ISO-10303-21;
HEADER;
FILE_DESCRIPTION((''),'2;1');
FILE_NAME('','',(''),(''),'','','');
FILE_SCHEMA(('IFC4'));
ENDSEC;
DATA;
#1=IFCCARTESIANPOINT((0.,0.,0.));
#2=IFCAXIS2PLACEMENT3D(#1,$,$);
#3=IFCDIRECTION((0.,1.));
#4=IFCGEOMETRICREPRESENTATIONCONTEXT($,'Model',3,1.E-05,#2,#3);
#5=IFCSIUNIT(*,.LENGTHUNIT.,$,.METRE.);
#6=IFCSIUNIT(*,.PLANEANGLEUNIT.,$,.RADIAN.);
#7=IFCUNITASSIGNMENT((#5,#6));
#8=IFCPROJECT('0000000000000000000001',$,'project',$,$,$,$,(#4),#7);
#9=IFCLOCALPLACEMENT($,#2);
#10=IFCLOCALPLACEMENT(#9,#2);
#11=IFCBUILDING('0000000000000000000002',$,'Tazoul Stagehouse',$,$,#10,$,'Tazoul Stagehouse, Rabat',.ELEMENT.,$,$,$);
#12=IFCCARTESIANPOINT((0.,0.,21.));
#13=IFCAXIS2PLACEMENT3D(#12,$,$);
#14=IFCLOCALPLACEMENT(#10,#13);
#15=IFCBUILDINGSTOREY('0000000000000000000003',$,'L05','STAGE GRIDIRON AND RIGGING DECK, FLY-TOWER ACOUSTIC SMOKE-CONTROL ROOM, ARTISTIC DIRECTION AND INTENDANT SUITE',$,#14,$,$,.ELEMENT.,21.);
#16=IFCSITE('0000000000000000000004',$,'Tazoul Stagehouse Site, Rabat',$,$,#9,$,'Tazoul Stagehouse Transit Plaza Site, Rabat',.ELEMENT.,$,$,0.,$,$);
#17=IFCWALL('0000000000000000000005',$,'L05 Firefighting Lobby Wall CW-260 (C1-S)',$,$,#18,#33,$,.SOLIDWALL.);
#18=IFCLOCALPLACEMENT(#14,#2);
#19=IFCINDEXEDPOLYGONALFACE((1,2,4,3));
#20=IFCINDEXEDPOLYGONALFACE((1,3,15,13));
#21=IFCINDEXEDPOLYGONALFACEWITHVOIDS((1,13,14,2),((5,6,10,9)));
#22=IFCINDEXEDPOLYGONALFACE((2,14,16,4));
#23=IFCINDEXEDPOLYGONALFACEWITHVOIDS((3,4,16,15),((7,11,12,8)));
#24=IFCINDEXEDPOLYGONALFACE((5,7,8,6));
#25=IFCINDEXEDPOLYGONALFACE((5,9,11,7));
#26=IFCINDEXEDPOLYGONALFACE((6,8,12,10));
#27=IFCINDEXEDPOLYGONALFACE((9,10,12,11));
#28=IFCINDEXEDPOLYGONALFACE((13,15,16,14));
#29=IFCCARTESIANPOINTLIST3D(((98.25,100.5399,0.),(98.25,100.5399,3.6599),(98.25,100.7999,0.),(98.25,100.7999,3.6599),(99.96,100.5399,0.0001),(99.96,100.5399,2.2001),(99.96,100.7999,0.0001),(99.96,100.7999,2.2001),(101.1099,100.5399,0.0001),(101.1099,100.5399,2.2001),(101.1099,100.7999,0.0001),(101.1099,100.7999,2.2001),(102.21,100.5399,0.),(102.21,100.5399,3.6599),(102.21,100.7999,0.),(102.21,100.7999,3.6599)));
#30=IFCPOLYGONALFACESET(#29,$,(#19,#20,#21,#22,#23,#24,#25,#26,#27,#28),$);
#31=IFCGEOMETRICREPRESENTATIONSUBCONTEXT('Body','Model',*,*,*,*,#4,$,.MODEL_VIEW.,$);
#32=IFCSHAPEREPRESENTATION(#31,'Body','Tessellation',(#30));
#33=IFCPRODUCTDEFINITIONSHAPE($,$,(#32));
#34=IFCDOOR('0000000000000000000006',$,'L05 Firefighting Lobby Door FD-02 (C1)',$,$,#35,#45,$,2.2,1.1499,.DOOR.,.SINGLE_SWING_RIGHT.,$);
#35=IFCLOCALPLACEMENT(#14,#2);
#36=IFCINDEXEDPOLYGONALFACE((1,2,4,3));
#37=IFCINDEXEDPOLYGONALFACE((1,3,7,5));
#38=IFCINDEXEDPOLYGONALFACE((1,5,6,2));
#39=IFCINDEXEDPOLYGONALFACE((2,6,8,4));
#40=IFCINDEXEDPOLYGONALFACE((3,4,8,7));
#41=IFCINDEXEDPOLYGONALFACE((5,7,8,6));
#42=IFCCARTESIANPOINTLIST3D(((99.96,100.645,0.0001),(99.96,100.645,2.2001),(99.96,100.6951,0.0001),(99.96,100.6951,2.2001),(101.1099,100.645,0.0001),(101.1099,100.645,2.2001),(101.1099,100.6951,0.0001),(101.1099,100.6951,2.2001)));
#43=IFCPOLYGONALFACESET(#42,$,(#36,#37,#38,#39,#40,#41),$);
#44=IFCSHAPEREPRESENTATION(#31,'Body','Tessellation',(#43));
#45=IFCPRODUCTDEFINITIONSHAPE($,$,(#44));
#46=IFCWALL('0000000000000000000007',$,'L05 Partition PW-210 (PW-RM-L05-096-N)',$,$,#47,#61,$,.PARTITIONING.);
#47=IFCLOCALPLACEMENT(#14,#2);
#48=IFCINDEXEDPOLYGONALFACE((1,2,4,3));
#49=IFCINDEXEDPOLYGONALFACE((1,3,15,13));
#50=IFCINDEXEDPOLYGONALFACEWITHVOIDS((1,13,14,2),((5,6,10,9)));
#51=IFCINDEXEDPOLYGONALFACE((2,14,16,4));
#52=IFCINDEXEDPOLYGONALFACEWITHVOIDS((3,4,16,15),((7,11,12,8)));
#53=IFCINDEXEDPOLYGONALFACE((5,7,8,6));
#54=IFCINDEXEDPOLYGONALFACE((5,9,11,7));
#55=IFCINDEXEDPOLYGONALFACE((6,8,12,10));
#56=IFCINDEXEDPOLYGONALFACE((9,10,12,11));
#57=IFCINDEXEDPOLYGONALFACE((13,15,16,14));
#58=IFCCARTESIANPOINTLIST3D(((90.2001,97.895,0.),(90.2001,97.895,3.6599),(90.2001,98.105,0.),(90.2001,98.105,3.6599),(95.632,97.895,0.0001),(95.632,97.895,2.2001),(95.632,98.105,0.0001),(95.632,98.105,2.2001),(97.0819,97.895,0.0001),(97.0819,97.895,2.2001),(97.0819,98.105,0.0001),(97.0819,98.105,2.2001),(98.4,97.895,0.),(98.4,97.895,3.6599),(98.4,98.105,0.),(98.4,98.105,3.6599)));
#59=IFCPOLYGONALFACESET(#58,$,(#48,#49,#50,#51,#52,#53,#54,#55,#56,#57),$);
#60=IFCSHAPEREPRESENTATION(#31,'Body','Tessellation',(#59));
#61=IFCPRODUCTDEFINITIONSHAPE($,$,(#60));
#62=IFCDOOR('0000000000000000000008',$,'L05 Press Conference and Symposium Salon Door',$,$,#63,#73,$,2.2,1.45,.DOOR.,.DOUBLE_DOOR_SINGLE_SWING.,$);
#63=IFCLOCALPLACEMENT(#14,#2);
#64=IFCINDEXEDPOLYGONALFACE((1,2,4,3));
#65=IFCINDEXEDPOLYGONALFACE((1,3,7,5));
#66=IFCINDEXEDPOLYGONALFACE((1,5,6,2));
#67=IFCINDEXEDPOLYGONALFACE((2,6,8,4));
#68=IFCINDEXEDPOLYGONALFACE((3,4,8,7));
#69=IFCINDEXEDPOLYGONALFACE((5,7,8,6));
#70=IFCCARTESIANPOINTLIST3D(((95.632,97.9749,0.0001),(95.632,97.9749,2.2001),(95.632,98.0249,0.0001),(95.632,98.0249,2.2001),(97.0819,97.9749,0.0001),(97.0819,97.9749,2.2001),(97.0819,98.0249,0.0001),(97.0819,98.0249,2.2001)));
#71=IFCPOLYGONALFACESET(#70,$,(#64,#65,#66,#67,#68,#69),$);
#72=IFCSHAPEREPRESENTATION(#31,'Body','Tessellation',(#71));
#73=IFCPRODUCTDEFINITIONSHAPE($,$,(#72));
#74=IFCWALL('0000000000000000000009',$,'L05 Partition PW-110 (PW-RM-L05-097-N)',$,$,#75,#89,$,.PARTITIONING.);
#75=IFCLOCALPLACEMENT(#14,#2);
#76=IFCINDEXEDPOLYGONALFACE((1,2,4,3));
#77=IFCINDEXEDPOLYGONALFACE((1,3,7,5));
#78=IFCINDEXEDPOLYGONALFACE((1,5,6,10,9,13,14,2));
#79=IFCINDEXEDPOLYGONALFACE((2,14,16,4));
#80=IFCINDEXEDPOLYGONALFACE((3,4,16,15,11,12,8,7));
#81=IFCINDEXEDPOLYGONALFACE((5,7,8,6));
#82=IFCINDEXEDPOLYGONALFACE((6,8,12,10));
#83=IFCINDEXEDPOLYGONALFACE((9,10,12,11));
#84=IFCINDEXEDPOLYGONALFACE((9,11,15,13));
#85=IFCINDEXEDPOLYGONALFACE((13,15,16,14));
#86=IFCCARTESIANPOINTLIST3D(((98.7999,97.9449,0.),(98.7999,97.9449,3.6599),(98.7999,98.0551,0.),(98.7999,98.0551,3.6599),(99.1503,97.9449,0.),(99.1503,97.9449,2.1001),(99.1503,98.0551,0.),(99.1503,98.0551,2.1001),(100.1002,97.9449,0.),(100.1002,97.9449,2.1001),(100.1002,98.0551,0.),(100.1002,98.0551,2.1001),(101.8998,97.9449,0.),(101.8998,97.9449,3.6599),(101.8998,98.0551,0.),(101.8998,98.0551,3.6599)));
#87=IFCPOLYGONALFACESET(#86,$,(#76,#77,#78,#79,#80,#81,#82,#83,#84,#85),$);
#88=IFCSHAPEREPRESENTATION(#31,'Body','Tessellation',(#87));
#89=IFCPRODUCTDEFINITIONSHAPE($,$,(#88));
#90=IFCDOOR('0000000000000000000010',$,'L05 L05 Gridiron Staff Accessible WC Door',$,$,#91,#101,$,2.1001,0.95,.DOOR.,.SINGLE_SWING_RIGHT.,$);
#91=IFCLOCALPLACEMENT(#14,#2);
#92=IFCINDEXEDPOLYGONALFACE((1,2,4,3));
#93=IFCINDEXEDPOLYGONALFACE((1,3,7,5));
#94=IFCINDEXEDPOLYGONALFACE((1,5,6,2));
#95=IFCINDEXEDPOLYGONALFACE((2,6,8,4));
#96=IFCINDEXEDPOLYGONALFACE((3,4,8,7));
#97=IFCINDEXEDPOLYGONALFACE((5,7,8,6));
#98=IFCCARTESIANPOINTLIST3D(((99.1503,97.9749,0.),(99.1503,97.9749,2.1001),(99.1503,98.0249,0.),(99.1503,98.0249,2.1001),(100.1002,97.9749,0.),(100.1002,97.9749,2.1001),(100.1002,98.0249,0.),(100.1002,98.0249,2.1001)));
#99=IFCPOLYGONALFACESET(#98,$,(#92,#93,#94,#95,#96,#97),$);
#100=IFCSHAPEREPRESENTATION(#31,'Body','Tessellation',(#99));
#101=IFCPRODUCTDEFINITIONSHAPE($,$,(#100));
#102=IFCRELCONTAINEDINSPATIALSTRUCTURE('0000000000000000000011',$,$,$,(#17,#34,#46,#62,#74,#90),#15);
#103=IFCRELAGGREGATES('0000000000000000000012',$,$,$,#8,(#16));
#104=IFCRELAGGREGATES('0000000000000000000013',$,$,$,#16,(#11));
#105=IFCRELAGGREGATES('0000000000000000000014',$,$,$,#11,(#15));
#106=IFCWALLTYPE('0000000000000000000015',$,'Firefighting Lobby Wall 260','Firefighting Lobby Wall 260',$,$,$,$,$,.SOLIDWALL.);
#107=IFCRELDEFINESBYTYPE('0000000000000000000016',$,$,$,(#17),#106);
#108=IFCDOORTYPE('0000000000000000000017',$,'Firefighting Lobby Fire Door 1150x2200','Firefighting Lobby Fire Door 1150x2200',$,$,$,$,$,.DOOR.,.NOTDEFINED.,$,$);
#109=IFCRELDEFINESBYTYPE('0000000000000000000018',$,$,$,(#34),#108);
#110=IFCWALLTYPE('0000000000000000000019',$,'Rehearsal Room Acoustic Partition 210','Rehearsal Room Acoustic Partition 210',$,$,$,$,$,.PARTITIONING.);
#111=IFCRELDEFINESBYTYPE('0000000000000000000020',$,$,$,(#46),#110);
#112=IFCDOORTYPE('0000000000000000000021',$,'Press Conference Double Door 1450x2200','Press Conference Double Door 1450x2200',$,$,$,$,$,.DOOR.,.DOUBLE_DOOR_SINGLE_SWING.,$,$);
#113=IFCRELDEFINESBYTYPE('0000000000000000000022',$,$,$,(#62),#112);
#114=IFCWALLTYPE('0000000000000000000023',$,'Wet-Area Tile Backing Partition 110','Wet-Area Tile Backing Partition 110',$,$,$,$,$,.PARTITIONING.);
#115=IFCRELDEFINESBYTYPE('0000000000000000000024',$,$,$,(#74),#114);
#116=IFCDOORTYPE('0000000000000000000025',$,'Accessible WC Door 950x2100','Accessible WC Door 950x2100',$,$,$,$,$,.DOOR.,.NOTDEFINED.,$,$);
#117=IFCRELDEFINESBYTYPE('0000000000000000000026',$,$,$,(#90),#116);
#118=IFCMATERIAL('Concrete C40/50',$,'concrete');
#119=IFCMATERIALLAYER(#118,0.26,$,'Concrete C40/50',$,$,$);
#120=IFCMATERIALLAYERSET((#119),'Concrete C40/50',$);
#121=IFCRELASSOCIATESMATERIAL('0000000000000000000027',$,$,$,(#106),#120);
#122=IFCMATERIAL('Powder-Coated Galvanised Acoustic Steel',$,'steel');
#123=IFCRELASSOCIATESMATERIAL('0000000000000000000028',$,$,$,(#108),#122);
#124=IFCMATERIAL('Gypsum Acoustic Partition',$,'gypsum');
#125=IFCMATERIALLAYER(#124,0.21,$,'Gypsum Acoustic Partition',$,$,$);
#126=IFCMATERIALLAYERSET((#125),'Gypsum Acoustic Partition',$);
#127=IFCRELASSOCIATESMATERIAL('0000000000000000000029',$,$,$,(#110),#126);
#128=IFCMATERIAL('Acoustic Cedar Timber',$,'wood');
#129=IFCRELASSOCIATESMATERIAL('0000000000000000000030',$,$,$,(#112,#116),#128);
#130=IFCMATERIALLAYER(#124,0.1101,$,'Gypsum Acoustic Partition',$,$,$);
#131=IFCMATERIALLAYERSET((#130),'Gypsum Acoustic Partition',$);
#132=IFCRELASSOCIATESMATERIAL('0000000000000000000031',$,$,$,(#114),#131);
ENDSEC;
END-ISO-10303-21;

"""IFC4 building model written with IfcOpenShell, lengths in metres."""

from ifc_helpers import new_model, si_unit, direction, frame, frame_2d, origin, place, context, subcontext, project, spatial, rectangle, extrude, material, layer, layer_set, type_object, element, fill, save


model = new_model("IFC4")

# Units and contexts
model_context = context("Model", 3, precision=1e-05, world=origin(), true_north=direction((0.0, 1.0)))
body_context = subcontext(model_context, "Body", "Model", "MODEL_VIEW")
ifc_project = project(units=[si_unit("LENGTHUNIT", "METRE"), si_unit("PLANEANGLEUNIT", "RADIAN")], contexts=[model_context])

# Site, building, storey
site_placement = place(None, origin())
site = spatial("IfcSite", under=ifc_project, at=site_placement, Name="Tazoul Stagehouse Site, Rabat", LongName="Tazoul Stagehouse Transit Plaza Site, Rabat", CompositionType="ELEMENT", RefElevation=0.0)
building_placement = place(site_placement, origin())
building = spatial("IfcBuilding", under=site, at=building_placement, Name="Tazoul Stagehouse", LongName="Tazoul Stagehouse, Rabat", CompositionType="ELEMENT")
storey_placement = place(building_placement, frame((0.0, 0.0, 21.0)))
storey = spatial("IfcBuildingStorey", under=building, at=storey_placement, Name="L05", Description="STAGE GRIDIRON AND RIGGING DECK, FLY-TOWER ACOUSTIC SMOKE-CONTROL ROOM, ARTISTIC DIRECTION AND INTENDANT SUITE", CompositionType="ELEMENT", Elevation=21.0)

# Shared definitions
ifc_material_1 = material(Name="Concrete C40/50", Category="concrete")

# Walls, openings, doors
ifc_layer_1 = layer(ifc_material_1, 0.26, Name="Concrete C40/50")
ifc_layer_set_1 = layer_set([ifc_layer_1], Name="Concrete C40/50")
wall_type_1 = type_object("IfcWallType", Name="Firefighting Lobby Wall 260", Description="Firefighting Lobby Wall 260", PredefinedType="SOLIDWALL", material=ifc_layer_set_1)
wall_1_placement = place(storey_placement, frame((102.21, 100.6699, 0.0), z_axis=(0.0, 0.0, 1.0), x_axis=(-1.0, 0.0, 0.0)))
wall_1 = element("IfcWall", 1, at=wall_1_placement, inside=storey, type_object=wall_type_1, Name="L05 Firefighting Lobby Wall CW-260 (C1-S)", PredefinedType="SOLIDWALL", context=body_context, shape_type="SweptSolid", body=[
    extrude(rectangle(XDim=3.96, YDim=0.26, at=frame_2d((1.98, 0.0))), origin(), (0.0, 0.0, 1.0), 3.6599),
])
opening_1_placement = place(wall_1_placement, frame((1.1001, 0.0, 0.0)))
opening_1 = element("IfcOpeningElement", 2, at=opening_1_placement, cuts=wall_1, PredefinedType="OPENING", context=body_context, shape_type="SweptSolid", body=[
    extrude(rectangle(XDim=1.1499, YDim=2.2, at=frame_2d((0.575, 1.1001))), frame((0.0, 0.1499, 0.0), z_axis=(0.0, -1.0, 0.0), x_axis=(1.0, 0.0, 0.0)), (0.0, 0.0, 1.0), 0.3),
])
ifc_material_2 = material(Name="Powder-Coated Galvanised Acoustic Steel", Category="steel")
door_type_1 = type_object("IfcDoorType", Name="Firefighting Lobby Fire Door 1150x2200", Description="Firefighting Lobby Fire Door 1150x2200", OperationType="NOTDEFINED", PredefinedType="DOOR", material=ifc_material_2)
door_1_placement = place(opening_1_placement, origin())
door_1 = element("IfcDoor", 3, at=door_1_placement, inside=storey, type_object=door_type_1, Name="L05 Firefighting Lobby Door FD-02 (C1)", OperationType="SINGLE_SWING_RIGHT", OverallHeight=2.2, OverallWidth=1.1499, PredefinedType="DOOR", context=body_context, shape_type="SweptSolid", body=[
    extrude(rectangle(XDim=1.1499, YDim=2.2, at=frame_2d((0.575, 1.1001))), frame((0.0, 0.0249, 0.0), z_axis=(0.0, -1.0, 0.0), x_axis=(1.0, 0.0, 0.0)), (0.0, 0.0, 1.0), 0.05),
])
fill(opening_1, door_1)
ifc_material_3 = material(Name="Gypsum Acoustic Partition", Category="gypsum")
ifc_layer_2 = layer(ifc_material_3, 0.21, Name="Gypsum Acoustic Partition")
ifc_layer_set_2 = layer_set([ifc_layer_2], Name="Gypsum Acoustic Partition")
wall_type_2 = type_object("IfcWallType", Name="Rehearsal Room Acoustic Partition 210", Description="Rehearsal Room Acoustic Partition 210", PredefinedType="PARTITIONING", material=ifc_layer_set_2)
wall_2_placement = place(storey_placement, frame((90.2, 98.0, 0.0), z_axis=(0.0, 0.0, 1.0), x_axis=(1.0, 0.0, 0.0)))
wall_2 = element("IfcWall", 4, at=wall_2_placement, inside=storey, type_object=wall_type_2, Name="L05 Partition PW-210 (PW-RM-L05-096-N)", PredefinedType="PARTITIONING", context=body_context, shape_type="SweptSolid", body=[
    extrude(rectangle(XDim=8.2, YDim=0.21, at=frame_2d((4.1001, 0.0))), origin(), (0.0, 0.0, 1.0), 3.6599),
])
opening_2_placement = place(wall_2_placement, frame((5.4319, 0.0, 0.0)))
opening_2 = element("IfcOpeningElement", 5, at=opening_2_placement, cuts=wall_2, PredefinedType="OPENING", context=body_context, shape_type="SweptSolid", body=[
    extrude(rectangle(XDim=1.45, YDim=2.2, at=frame_2d((0.7251, 1.1001))), frame((0.0, 0.125, 0.0), z_axis=(0.0, -1.0, 0.0), x_axis=(1.0, 0.0, 0.0)), (0.0, 0.0, 1.0), 0.25),
])
ifc_material_4 = material(Name="Acoustic Cedar Timber", Category="wood")
door_type_2 = type_object("IfcDoorType", Name="Press Conference Double Door 1450x2200", Description="Press Conference Double Door 1450x2200", OperationType="DOUBLE_DOOR_SINGLE_SWING", PredefinedType="DOOR", material=ifc_material_4)
door_2_placement = place(opening_2_placement, origin())
door_2 = element("IfcDoor", 6, at=door_2_placement, inside=storey, type_object=door_type_2, Name="L05 Press Conference and Symposium Salon Door", OperationType="DOUBLE_DOOR_SINGLE_SWING", OverallHeight=2.2, OverallWidth=1.45, PredefinedType="DOOR", context=body_context, shape_type="SweptSolid", body=[
    extrude(rectangle(XDim=1.45, YDim=2.2, at=frame_2d((0.7251, 1.1001))), frame((0.0, 0.0249, 0.0), z_axis=(0.0, -1.0, 0.0), x_axis=(1.0, 0.0, 0.0)), (0.0, 0.0, 1.0), 0.05),
])
fill(opening_2, door_2)
ifc_layer_3 = layer(ifc_material_3, 0.1101, Name="Gypsum Acoustic Partition")
ifc_layer_set_3 = layer_set([ifc_layer_3], Name="Gypsum Acoustic Partition")
wall_type_3 = type_object("IfcWallType", Name="Wet-Area Tile Backing Partition 110", Description="Wet-Area Tile Backing Partition 110", PredefinedType="PARTITIONING", material=ifc_layer_set_3)
wall_3_placement = place(storey_placement, frame((98.8, 98.0, 0.0), z_axis=(0.0, 0.0, 1.0), x_axis=(1.0, 0.0, 0.0)))
wall_3 = element("IfcWall", 7, at=wall_3_placement, inside=storey, type_object=wall_type_3, Name="L05 Partition PW-110 (PW-RM-L05-097-N)", PredefinedType="PARTITIONING", context=body_context, shape_type="SweptSolid", body=[
    extrude(rectangle(XDim=3.0999, YDim=0.1101, at=frame_2d((1.5498, 0.0))), origin(), (0.0, 0.0, 1.0), 3.6599),
])
opening_3_placement = place(wall_3_placement, frame((0.3501, 0.0, 0.0)))
opening_3 = element("IfcOpeningElement", 8, at=opening_3_placement, cuts=wall_3, PredefinedType="OPENING", context=body_context, shape_type="SweptSolid", body=[
    extrude(rectangle(XDim=0.95, YDim=2.1001, at=frame_2d((0.4751, 1.05))), frame((0.0, 0.075, 0.0), z_axis=(0.0, -1.0, 0.0), x_axis=(1.0, 0.0, 0.0)), (0.0, 0.0, 1.0), 0.1501),
])
door_type_3 = type_object("IfcDoorType", Name="Accessible WC Door 950x2100", Description="Accessible WC Door 950x2100", OperationType="NOTDEFINED", PredefinedType="DOOR", material=ifc_material_4)
door_3_placement = place(opening_3_placement, origin())
door_3 = element("IfcDoor", 9, at=door_3_placement, inside=storey, type_object=door_type_3, Name="L05 L05 Gridiron Staff Accessible WC Door", OperationType="SINGLE_SWING_RIGHT", OverallHeight=2.1001, OverallWidth=0.95, PredefinedType="DOOR", context=body_context, shape_type="SweptSolid", body=[
    extrude(rectangle(XDim=0.95, YDim=2.1001, at=frame_2d((0.4751, 1.05))), frame((0.0, 0.0249, 0.0), z_axis=(0.0, -1.0, 0.0), x_axis=(1.0, 0.0, 0.0)), (0.0, 0.0, 1.0), 0.05),
])
fill(opening_3, door_3)

save(model, "model.ifc")
